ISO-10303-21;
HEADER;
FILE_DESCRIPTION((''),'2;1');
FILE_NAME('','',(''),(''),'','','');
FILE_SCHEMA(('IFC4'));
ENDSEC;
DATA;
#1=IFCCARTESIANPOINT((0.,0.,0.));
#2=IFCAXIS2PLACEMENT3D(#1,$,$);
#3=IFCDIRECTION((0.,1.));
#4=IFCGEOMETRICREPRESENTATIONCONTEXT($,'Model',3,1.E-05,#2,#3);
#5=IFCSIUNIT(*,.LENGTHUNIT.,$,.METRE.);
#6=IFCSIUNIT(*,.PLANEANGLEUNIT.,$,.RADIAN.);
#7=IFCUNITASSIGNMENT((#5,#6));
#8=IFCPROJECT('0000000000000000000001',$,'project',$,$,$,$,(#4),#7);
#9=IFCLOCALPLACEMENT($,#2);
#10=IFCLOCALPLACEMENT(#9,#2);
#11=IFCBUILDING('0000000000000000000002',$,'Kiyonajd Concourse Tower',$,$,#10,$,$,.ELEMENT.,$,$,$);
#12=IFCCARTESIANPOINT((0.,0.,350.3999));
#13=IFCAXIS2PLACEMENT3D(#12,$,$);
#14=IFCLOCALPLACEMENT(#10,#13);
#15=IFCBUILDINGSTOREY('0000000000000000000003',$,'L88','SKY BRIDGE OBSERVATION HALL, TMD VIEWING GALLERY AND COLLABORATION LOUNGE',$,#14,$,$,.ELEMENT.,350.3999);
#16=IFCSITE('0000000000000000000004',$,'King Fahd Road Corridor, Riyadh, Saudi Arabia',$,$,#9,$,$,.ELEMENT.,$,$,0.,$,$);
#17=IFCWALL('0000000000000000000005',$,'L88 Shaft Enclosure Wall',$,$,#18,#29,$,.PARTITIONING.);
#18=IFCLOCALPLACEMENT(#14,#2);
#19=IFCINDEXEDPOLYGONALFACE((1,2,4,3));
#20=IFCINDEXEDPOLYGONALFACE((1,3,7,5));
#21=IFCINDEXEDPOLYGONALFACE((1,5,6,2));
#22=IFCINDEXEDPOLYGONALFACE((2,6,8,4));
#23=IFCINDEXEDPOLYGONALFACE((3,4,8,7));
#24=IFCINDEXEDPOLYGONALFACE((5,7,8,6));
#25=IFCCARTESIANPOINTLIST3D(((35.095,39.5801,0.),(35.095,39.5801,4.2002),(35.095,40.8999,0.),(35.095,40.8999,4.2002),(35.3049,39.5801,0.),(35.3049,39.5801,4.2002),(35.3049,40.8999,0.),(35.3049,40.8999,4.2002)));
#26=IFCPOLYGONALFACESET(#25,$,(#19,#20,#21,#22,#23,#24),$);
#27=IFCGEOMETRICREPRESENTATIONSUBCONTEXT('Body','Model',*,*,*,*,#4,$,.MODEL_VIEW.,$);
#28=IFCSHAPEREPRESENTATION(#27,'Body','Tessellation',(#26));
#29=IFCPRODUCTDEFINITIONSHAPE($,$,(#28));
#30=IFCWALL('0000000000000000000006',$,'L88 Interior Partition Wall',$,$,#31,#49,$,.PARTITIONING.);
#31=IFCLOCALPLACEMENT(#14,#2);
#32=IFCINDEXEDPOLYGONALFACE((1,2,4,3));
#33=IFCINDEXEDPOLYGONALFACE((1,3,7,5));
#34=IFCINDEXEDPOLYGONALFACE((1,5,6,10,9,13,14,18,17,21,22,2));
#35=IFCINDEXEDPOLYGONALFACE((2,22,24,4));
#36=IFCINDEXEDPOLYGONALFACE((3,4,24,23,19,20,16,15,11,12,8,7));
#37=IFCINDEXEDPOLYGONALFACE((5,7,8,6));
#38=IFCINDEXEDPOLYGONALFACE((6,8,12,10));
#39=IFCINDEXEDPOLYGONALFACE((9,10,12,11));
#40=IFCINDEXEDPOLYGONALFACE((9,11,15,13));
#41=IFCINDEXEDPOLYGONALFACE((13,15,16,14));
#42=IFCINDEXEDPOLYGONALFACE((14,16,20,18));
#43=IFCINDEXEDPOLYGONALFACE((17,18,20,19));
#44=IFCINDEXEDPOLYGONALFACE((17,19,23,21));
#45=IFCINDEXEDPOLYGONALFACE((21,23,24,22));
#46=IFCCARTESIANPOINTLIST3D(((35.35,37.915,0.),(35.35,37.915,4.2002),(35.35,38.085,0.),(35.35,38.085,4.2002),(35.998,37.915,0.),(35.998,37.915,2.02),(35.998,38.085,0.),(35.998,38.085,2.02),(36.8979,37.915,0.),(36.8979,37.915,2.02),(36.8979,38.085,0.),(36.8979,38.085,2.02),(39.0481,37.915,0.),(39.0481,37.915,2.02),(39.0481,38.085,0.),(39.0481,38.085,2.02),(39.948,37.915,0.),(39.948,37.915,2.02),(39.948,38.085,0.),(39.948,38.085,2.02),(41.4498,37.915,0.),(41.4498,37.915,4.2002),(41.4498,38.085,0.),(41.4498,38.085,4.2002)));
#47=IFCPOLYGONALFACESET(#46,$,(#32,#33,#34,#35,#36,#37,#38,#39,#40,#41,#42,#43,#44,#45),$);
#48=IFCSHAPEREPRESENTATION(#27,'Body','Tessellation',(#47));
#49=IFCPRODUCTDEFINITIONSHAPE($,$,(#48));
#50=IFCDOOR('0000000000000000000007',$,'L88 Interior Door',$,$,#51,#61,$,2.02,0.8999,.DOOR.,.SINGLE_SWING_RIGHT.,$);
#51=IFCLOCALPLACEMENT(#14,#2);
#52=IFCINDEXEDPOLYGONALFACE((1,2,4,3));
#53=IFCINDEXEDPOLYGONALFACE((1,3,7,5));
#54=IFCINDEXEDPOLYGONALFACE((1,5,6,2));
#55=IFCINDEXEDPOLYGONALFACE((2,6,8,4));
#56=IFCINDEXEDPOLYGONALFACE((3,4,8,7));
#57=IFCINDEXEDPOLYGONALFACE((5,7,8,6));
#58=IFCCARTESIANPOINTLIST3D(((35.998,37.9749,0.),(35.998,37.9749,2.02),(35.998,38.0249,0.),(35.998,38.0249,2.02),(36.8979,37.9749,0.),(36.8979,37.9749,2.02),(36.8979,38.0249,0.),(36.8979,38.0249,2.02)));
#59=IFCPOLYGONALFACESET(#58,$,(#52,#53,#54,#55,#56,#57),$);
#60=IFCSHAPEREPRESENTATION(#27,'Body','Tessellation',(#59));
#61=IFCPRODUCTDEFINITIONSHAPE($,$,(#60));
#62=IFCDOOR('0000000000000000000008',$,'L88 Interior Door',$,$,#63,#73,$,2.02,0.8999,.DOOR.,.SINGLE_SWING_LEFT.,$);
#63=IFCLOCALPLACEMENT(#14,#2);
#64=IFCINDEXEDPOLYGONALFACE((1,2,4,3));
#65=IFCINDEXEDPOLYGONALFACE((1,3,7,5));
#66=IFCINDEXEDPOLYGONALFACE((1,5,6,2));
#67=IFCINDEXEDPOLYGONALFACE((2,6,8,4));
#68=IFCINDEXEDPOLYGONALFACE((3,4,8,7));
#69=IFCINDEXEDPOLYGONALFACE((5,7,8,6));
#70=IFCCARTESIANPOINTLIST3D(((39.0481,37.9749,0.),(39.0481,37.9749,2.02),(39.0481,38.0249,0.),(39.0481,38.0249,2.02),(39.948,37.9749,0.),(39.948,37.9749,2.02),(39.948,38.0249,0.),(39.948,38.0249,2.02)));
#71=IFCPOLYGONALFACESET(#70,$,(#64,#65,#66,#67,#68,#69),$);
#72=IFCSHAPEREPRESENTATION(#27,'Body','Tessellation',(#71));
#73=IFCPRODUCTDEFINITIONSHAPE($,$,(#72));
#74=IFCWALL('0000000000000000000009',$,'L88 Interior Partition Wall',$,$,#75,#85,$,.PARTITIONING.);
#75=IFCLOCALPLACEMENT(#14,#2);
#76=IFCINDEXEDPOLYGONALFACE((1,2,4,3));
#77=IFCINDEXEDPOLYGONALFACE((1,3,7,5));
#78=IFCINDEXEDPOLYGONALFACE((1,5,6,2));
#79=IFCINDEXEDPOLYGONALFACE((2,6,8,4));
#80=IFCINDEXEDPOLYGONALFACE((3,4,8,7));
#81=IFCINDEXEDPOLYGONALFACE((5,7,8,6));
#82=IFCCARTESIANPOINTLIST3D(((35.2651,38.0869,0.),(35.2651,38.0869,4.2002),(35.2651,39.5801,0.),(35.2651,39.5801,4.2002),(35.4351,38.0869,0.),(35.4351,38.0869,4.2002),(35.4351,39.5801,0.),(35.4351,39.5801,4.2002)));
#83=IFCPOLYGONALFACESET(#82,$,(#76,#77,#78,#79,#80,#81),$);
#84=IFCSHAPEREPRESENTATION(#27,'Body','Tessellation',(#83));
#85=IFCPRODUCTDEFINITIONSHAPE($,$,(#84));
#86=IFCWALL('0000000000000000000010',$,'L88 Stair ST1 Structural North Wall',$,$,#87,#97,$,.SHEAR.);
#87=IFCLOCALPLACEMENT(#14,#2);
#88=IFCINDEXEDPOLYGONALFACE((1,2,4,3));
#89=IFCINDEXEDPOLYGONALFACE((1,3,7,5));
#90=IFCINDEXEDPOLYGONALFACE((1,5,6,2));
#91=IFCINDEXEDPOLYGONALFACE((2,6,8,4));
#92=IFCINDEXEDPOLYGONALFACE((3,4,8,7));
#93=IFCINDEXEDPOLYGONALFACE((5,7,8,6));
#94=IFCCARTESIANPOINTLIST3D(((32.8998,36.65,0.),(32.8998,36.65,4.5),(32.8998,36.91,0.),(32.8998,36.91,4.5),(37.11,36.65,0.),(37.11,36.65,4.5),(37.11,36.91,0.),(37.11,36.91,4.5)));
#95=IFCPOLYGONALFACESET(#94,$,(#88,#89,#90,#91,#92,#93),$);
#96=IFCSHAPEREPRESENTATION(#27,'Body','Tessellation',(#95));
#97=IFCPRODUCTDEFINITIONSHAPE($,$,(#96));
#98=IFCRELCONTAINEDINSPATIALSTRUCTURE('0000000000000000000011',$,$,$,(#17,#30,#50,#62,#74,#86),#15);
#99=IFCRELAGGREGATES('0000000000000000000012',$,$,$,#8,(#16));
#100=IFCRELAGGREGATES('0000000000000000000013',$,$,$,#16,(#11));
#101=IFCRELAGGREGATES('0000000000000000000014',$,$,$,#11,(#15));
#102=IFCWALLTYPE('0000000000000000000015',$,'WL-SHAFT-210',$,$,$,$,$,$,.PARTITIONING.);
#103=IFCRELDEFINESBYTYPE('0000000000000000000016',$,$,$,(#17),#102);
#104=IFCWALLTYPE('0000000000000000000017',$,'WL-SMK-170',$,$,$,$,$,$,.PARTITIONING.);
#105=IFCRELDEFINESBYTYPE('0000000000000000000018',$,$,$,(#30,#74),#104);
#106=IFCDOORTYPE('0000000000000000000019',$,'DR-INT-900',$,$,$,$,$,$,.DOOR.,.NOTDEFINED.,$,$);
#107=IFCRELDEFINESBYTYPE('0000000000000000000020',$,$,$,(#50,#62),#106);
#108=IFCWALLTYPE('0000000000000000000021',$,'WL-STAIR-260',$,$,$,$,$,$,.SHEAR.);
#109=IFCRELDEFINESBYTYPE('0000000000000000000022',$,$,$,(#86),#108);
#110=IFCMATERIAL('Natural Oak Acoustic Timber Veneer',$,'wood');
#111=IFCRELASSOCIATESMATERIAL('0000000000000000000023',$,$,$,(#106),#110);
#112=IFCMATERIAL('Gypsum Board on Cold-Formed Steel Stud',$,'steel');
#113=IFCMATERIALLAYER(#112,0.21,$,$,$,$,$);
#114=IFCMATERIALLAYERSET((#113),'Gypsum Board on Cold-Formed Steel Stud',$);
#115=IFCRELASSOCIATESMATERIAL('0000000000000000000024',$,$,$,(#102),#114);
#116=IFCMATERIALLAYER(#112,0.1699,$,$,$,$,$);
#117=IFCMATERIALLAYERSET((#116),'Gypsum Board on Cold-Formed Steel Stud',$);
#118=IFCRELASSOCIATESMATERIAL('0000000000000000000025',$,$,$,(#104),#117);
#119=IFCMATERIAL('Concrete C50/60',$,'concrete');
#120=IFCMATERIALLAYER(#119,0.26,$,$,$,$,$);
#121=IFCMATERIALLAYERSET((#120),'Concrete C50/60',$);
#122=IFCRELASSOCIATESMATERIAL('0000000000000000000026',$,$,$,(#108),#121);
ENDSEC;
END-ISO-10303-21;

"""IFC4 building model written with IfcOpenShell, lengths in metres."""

from ifc_helpers import new_model, si_unit, direction, frame, frame_2d, origin, place, context, subcontext, project, spatial, rectangle, extrude, material, layer, layer_set, type_object, element, fill, save


model = new_model("IFC4")

# Units and contexts
model_context = context("Model", 3, precision=1e-05, world=origin(), true_north=direction((0.0, 1.0)))
body_context = subcontext(model_context, "Body", "Model", "MODEL_VIEW")
ifc_project = project(units=[si_unit("LENGTHUNIT", "METRE"), si_unit("PLANEANGLEUNIT", "RADIAN")], contexts=[model_context])

# Site, building, storey
site_placement = place(None, origin())
site = spatial("IfcSite", under=ifc_project, at=site_placement, Name="King Fahd Road Corridor, Riyadh, Saudi Arabia", CompositionType="ELEMENT", RefElevation=0.0)
building_placement = place(site_placement, origin())
building = spatial("IfcBuilding", under=site, at=building_placement, Name="Kiyonajd Concourse Tower", CompositionType="ELEMENT")
storey_placement = place(building_placement, frame((0.0, 0.0, 350.3999)))
storey = spatial("IfcBuildingStorey", under=building, at=storey_placement, Name="L88", Description="SKY BRIDGE OBSERVATION HALL, TMD VIEWING GALLERY AND COLLABORATION LOUNGE", CompositionType="ELEMENT", Elevation=350.3999)

# Shared definitions
ifc_material_1 = material(Name="Natural Oak Acoustic Timber Veneer", Category="wood")
door_type_1 = type_object("IfcDoorType", Name="DR-INT-900", OperationType="NOTDEFINED", PredefinedType="DOOR", material=ifc_material_1)

# Wall
ifc_material_2 = material(Name="Gypsum Board on Cold-Formed Steel Stud", Category="steel")
ifc_layer_1 = layer(ifc_material_2, 0.21)
ifc_layer_set_1 = layer_set([ifc_layer_1], Name="Gypsum Board on Cold-Formed Steel Stud")
wall_type_1 = type_object("IfcWallType", Name="WL-SHAFT-210", PredefinedType="PARTITIONING", material=ifc_layer_set_1)
wall_1_placement = place(storey_placement, frame((35.2, 39.5801, 0.0), z_axis=(0.0, 0.0, 1.0), x_axis=(0.0, 1.0, 0.0)))
element("IfcWall", 1, at=wall_1_placement, inside=storey, type_object=wall_type_1, Name="L88 Shaft Enclosure Wall", PredefinedType="PARTITIONING", context=body_context, shape_type="SweptSolid", body=[
    extrude(rectangle(XDim=1.3198, YDim=0.21, at=frame_2d((0.6599, 0.0))), origin(), (0.0, 0.0, 1.0), 4.2002),
])

# Wall, openings, doors
ifc_layer_2 = layer(ifc_material_2, 0.1699)
ifc_layer_set_2 = layer_set([ifc_layer_2], Name="Gypsum Board on Cold-Formed Steel Stud")
wall_type_2 = type_object("IfcWallType", Name="WL-SMK-170", PredefinedType="PARTITIONING", material=ifc_layer_set_2)
wall_2_placement = place(storey_placement, frame((35.3501, 38.0, 0.0), z_axis=(0.0, 0.0, 1.0), x_axis=(1.0, 0.0, 0.0)))
wall_2 = element("IfcWall", 2, at=wall_2_placement, inside=storey, type_object=wall_type_2, Name="L88 Interior Partition Wall", PredefinedType="PARTITIONING", context=body_context, shape_type="SweptSolid", body=[
    extrude(rectangle(XDim=6.0999, YDim=0.1699, at=frame_2d((3.0498, 0.0))), origin(), (0.0, 0.0, 1.0), 4.2002),
])
opening_1_placement = place(wall_2_placement, frame((0.6479, 0.0, 0.0)))
opening_1 = element("IfcOpeningElement", 3, at=opening_1_placement, cuts=wall_2, PredefinedType="OPENING", context=body_context, shape_type="SweptSolid", body=[
    extrude(rectangle(XDim=0.8999, YDim=2.02, at=frame_2d((0.45, 1.01))), frame((0.0, 0.095, 0.0), z_axis=(0.0, -1.0, 0.0), x_axis=(1.0, 0.0, 0.0)), (0.0, 0.0, 1.0), 0.1899),
])
opening_2_placement = place(wall_2_placement, frame((3.698, 0.0, 0.0)))
opening_2 = element("IfcOpeningElement", 4, at=opening_2_placement, cuts=wall_2, PredefinedType="OPENING", context=body_context, shape_type="SweptSolid", body=[
    extrude(rectangle(XDim=0.8999, YDim=2.02, at=frame_2d((0.45, 1.01))), frame((0.0, 0.095, 0.0), z_axis=(0.0, -1.0, 0.0), x_axis=(1.0, 0.0, 0.0)), (0.0, 0.0, 1.0), 0.1899),
])
door_1_placement = place(opening_1_placement, origin())
door_1 = element("IfcDoor", 5, at=door_1_placement, inside=storey, type_object=door_type_1, Name="L88 Interior Door", OperationType="SINGLE_SWING_RIGHT", OverallHeight=2.02, OverallWidth=0.8999, PredefinedType="DOOR", context=body_context, shape_type="SweptSolid", body=[
    extrude(rectangle(XDim=0.8999, YDim=2.02, at=frame_2d((0.45, 1.01))), frame((0.0, 0.0249, 0.0), z_axis=(0.0, -1.0, 0.0), x_axis=(1.0, 0.0, 0.0)), (0.0, 0.0, 1.0), 0.05),
])
fill(opening_1, door_1)
door_2_placement = place(opening_2_placement, origin())
door_2 = element("IfcDoor", 6, at=door_2_placement, inside=storey, type_object=door_type_1, Name="L88 Interior Door", OperationType="SINGLE_SWING_LEFT", OverallHeight=2.02, OverallWidth=0.8999, PredefinedType="DOOR", context=body_context, shape_type="SweptSolid", body=[
    extrude(rectangle(XDim=0.8999, YDim=2.02, at=frame_2d((0.45, 1.01))), frame((0.0, 0.0249, 0.0), z_axis=(0.0, -1.0, 0.0), x_axis=(1.0, 0.0, 0.0)), (0.0, 0.0, 1.0), 0.05),
])
fill(opening_2, door_2)

# Walls
wall_3_placement = place(storey_placement, frame((35.3501, 38.0869, 0.0), z_axis=(0.0, 0.0, 1.0), x_axis=(0.0, 1.0, 0.0)))
element("IfcWall", 7, at=wall_3_placement, inside=storey, type_object=wall_type_2, Name="L88 Interior Partition Wall", PredefinedType="PARTITIONING", context=body_context, shape_type="SweptSolid", body=[
    extrude(rectangle(XDim=1.4932, YDim=0.1699, at=frame_2d((0.7466, 0.0))), origin(), (0.0, 0.0, 1.0), 4.2002),
])
ifc_material_3 = material(Name="Concrete C50/60", Category="concrete")
ifc_layer_3 = layer(ifc_material_3, 0.26)
ifc_layer_set_3 = layer_set([ifc_layer_3], Name="Concrete C50/60")
wall_type_3 = type_object("IfcWallType", Name="WL-STAIR-260", PredefinedType="SHEAR", material=ifc_layer_set_3)
wall_4_placement = place(storey_placement, frame((32.8999, 36.78, 0.0), z_axis=(0.0, 0.0, 1.0), x_axis=(1.0, 0.0, 0.0)))
element("IfcWall", 8, at=wall_4_placement, inside=storey, type_object=wall_type_3, Name="L88 Stair ST1 Structural North Wall", PredefinedType="SHEAR", context=body_context, shape_type="SweptSolid", body=[
    extrude(rectangle(XDim=4.2102, YDim=0.26, at=frame_2d((2.105, 0.0))), origin(), (0.0, 0.0, 1.0), 4.5),
])

save(model, "model.ifc")
